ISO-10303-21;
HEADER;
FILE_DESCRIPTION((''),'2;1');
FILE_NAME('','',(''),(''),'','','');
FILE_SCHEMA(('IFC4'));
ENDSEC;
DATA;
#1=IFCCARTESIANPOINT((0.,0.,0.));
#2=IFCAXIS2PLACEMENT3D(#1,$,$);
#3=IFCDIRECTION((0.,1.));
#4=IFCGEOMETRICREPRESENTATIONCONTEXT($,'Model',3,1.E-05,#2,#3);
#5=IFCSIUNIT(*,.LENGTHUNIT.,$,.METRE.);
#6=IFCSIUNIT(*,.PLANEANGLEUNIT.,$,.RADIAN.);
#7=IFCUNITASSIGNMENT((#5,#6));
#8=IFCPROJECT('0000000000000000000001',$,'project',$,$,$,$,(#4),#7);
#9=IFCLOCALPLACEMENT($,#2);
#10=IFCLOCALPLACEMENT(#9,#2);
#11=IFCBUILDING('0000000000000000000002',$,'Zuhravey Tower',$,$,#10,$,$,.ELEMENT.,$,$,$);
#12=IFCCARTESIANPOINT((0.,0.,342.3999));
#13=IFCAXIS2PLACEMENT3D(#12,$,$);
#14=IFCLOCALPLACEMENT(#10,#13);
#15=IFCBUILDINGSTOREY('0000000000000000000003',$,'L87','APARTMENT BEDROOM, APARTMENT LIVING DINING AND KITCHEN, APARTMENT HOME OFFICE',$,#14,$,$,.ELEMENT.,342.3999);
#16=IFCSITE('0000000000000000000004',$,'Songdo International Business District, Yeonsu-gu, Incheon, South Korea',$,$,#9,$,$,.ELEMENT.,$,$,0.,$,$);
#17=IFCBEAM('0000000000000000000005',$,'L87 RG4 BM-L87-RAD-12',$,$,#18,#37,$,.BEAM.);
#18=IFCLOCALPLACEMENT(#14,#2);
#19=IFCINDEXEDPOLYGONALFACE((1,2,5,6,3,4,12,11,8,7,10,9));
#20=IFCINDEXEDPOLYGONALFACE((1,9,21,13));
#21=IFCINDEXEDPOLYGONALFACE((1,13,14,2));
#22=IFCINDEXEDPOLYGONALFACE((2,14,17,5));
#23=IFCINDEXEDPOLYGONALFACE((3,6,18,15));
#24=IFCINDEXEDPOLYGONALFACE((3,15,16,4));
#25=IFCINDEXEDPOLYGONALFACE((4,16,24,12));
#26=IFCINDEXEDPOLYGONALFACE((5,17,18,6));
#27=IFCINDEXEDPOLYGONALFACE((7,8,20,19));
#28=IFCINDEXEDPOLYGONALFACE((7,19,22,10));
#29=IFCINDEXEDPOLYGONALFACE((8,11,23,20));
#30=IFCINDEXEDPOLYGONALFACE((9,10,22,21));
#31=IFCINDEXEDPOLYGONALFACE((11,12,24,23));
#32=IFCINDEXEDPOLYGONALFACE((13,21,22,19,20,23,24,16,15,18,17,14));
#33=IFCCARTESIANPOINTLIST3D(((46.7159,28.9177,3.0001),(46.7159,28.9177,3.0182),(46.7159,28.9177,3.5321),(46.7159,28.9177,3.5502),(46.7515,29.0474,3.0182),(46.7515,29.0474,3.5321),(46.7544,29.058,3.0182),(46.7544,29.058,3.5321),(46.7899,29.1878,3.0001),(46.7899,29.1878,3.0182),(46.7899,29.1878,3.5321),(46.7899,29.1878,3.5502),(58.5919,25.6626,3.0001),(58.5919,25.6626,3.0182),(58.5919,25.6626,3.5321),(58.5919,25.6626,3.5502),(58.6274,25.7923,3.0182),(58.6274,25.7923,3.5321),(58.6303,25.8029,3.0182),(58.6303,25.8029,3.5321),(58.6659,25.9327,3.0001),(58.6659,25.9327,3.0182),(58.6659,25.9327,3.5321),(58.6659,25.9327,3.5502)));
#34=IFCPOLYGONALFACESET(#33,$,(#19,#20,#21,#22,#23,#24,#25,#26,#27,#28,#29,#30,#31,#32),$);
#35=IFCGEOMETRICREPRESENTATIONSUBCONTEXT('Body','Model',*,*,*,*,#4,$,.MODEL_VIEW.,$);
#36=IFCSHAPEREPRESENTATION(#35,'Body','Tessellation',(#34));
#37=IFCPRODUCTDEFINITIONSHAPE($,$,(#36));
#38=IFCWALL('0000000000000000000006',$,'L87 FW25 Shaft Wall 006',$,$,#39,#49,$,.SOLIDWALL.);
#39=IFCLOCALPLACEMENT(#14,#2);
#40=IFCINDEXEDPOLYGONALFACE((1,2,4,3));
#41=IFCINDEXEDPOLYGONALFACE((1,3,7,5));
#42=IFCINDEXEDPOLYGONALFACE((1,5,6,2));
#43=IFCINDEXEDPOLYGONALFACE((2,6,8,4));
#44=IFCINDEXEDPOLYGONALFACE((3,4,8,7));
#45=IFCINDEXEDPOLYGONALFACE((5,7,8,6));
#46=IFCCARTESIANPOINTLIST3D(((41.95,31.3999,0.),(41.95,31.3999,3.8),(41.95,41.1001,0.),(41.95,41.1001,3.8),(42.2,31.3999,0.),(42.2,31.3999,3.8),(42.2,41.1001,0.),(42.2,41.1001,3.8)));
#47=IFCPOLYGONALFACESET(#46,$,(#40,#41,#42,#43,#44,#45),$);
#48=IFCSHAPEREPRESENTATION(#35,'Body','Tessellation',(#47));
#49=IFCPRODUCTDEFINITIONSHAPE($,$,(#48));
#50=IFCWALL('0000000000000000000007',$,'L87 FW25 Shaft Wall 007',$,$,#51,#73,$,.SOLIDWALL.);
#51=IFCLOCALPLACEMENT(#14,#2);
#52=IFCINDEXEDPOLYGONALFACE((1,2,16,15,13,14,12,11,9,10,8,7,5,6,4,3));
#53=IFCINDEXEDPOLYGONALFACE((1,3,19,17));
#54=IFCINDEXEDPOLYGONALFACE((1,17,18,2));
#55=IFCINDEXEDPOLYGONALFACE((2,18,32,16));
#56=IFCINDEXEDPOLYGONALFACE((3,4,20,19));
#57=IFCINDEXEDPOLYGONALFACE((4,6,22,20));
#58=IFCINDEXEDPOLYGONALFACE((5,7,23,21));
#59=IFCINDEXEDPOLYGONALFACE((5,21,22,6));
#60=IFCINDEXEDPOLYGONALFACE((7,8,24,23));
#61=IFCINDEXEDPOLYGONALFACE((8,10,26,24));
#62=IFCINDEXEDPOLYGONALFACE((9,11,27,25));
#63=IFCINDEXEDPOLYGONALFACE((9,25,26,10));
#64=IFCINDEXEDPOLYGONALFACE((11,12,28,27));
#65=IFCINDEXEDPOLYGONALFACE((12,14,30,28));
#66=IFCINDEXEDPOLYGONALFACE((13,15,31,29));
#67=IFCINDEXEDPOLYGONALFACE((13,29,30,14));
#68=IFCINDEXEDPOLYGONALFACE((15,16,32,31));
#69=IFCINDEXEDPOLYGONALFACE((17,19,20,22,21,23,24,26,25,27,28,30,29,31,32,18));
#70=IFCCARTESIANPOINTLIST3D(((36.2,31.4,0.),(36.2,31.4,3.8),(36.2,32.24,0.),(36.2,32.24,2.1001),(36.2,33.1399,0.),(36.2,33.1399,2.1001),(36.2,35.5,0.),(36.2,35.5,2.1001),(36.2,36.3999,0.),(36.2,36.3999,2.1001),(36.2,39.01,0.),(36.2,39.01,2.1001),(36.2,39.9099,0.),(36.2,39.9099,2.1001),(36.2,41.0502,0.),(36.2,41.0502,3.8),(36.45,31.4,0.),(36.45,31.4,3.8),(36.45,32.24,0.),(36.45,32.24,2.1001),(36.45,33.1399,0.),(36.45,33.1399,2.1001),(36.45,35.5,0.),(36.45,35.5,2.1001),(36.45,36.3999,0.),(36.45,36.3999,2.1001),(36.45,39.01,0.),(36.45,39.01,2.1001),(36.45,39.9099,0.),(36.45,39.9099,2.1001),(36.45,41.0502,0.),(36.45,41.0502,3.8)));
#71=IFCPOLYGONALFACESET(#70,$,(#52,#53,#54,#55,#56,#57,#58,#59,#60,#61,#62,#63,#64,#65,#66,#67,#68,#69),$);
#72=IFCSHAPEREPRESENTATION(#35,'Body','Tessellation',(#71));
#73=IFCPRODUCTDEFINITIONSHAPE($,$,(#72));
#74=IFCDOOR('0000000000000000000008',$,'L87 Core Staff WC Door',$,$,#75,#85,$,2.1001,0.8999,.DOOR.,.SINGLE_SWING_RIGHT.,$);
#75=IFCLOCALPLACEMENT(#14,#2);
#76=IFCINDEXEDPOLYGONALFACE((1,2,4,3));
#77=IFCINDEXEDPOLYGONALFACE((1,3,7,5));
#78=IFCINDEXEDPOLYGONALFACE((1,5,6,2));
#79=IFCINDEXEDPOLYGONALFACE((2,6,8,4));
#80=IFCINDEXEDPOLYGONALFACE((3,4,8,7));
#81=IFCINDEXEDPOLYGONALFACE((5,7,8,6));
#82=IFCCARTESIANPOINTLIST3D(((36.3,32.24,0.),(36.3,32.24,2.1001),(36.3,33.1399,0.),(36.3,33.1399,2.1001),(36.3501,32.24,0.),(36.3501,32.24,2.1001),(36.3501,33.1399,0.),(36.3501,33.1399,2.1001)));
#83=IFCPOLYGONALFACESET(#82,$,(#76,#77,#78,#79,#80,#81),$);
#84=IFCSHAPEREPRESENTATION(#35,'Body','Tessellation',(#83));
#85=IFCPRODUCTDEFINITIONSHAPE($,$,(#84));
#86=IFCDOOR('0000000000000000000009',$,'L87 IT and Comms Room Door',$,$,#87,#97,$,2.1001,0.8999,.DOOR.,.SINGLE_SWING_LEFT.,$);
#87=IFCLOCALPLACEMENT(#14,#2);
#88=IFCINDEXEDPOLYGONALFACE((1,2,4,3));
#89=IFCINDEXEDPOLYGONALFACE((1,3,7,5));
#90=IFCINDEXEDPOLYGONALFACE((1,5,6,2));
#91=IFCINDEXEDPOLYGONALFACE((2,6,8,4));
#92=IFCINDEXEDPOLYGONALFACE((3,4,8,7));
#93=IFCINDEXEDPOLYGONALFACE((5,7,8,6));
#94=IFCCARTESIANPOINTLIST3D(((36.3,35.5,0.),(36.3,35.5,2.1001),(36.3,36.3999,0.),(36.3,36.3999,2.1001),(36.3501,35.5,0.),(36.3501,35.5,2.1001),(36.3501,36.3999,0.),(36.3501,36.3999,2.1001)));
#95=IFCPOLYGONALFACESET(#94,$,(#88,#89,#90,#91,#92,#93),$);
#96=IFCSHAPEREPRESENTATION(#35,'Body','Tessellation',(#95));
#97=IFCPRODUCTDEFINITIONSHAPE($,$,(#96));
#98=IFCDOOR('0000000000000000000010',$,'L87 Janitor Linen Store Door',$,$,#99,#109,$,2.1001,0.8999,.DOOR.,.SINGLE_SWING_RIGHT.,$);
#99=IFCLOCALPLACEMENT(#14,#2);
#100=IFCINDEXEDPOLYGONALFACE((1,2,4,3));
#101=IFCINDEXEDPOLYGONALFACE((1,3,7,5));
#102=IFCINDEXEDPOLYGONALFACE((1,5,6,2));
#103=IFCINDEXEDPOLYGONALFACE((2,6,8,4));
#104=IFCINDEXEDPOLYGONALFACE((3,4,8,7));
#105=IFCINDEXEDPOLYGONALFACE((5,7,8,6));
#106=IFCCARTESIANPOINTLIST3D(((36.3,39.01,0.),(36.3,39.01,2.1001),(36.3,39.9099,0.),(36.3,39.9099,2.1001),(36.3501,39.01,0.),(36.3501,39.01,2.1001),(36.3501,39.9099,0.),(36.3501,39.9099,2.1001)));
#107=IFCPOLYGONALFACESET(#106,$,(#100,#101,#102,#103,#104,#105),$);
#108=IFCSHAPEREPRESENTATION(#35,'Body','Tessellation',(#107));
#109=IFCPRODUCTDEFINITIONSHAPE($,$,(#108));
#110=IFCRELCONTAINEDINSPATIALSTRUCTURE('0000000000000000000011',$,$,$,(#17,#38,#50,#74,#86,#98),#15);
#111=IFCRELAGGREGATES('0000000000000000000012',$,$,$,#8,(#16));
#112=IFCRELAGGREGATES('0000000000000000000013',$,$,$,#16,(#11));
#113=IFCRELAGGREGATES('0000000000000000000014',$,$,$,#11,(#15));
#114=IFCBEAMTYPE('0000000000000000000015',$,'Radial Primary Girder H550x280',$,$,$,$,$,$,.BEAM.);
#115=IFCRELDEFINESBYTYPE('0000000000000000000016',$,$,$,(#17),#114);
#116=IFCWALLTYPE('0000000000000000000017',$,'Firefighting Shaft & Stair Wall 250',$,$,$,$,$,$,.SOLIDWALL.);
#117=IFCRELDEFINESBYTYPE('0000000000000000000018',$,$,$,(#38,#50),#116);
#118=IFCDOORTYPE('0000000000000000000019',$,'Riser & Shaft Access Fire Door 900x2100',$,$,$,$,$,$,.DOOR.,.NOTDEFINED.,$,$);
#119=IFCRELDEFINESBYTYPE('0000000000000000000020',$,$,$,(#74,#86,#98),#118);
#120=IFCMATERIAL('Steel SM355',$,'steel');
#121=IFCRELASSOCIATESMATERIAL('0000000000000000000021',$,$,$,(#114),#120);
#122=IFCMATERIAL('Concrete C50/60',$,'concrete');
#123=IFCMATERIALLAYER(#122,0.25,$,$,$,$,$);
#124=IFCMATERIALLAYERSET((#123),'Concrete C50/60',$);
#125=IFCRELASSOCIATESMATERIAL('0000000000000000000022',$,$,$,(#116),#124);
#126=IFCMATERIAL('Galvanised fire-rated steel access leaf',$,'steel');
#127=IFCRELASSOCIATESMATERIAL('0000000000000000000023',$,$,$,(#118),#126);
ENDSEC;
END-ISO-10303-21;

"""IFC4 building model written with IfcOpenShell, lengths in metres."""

from ifc_helpers import new_model, si_unit, direction, frame, frame_2d, origin, origin_2d, place, context, subcontext, project, spatial, rectangle, i_section, extrude, material, layer, layer_set, material_profile, profile_set, type_object, element, fill, save


model = new_model("IFC4")

# Units and contexts
model_context = context("Model", 3, precision=1e-05, world=origin(), true_north=direction((0.0, 1.0)))
body_context = subcontext(model_context, "Body", "Model", "MODEL_VIEW")
ifc_project = project(units=[si_unit("LENGTHUNIT", "METRE"), si_unit("PLANEANGLEUNIT", "RADIAN")], contexts=[model_context])

# Site, building, storey
site_placement = place(None, origin())
site = spatial("IfcSite", under=ifc_project, at=site_placement, Name="Songdo International Business District, Yeonsu-gu, Incheon, South Korea", CompositionType="ELEMENT", RefElevation=0.0)
building_placement = place(site_placement, origin())
building = spatial("IfcBuilding", under=site, at=building_placement, Name="Zuhravey Tower", CompositionType="ELEMENT")
storey_placement = place(building_placement, frame((0.0, 0.0, 342.3999)))
storey = spatial("IfcBuildingStorey", under=building, at=storey_placement, Name="L87", Description="APARTMENT BEDROOM, APARTMENT LIVING DINING AND KITCHEN, APARTMENT HOME OFFICE", CompositionType="ELEMENT", Elevation=342.3999)

# Beam
ifc_material_1 = material(Name="Steel SM355", Category="steel")
ifc_material_profile = material_profile(ifc_material_1, i_section(OverallWidth=0.28, OverallDepth=0.55, WebThickness=0.011, FlangeThickness=0.0181, at=origin_2d()), Name="H-550x280x11x18")
ifc_profile_set = profile_set([ifc_material_profile], Name="Steel SM355")
beam_type = type_object("IfcBeamType", Name="Radial Primary Girder H550x280", PredefinedType="BEAM", material=ifc_profile_set)
beam_placement = place(storey_placement, frame((46.7529, 29.0527, 3.2751), z_axis=(0.964429, -0.264344, 0.0), x_axis=(0.264344, 0.964429, 0.0)))
element("IfcBeam", 1, at=beam_placement, inside=storey, type_object=beam_type, Name="L87 RG4 BM-L87-RAD-12", PredefinedType="BEAM", context=body_context, shape_type="SweptSolid", body=[
    extrude(i_section(OverallWidth=0.28, OverallDepth=0.55, WebThickness=0.011, FlangeThickness=0.0181, at=origin_2d()), origin(), (0.0, 0.0, 1.0), 12.314),
])

# Wall
ifc_material_2 = material(Name="Concrete C50/60", Category="concrete")
ifc_layer = layer(ifc_material_2, 0.25)
ifc_layer_set = layer_set([ifc_layer], Name="Concrete C50/60")
wall_type = type_object("IfcWallType", Name="Firefighting Shaft & Stair Wall 250", PredefinedType="SOLIDWALL", material=ifc_layer_set)
wall_1_placement = place(storey_placement, frame((42.075, 31.3999, 0.0), z_axis=(0.0, 0.0, 1.0), x_axis=(0.0, 1.0, 0.0)))
element("IfcWall", 2, at=wall_1_placement, inside=storey, type_object=wall_type, Name="L87 FW25 Shaft Wall 006", PredefinedType="SOLIDWALL", context=body_context, shape_type="SweptSolid", body=[
    extrude(rectangle(XDim=9.7002, YDim=0.25, at=frame_2d((4.8501, 0.0))), origin(), (0.0, 0.0, 1.0), 3.8),
])

# Wall, openings, doors
wall_2_placement = place(storey_placement, frame((36.325, 31.3999, 0.0), z_axis=(0.0, 0.0, 1.0), x_axis=(0.0, 1.0, 0.0)))
wall_2 = element("IfcWall", 3, at=wall_2_placement, inside=storey, type_object=wall_type, Name="L87 FW25 Shaft Wall 007", PredefinedType="SOLIDWALL", context=body_context, shape_type="SweptSolid", body=[
    extrude(rectangle(XDim=9.6501, YDim=0.25, at=frame_2d((4.8252, 0.0))), origin(), (0.0, 0.0, 1.0), 3.8),
])
opening_1_placement = place(wall_2_placement, frame((0.8401, 0.0, 0.0)))
opening_1 = element("IfcOpeningElement", 4, at=opening_1_placement, cuts=wall_2, PredefinedType="OPENING", context=body_context, shape_type="SweptSolid", body=[
    extrude(rectangle(XDim=0.8999, YDim=2.1001, at=frame_2d((0.45, 1.05))), frame((0.0, 0.137, 0.0), z_axis=(0.0, -1.0, 0.0), x_axis=(1.0, 0.0, 0.0)), (0.0, 0.0, 1.0), 0.2739),
])
opening_2_placement = place(wall_2_placement, frame((4.1001, 0.0, 0.0)))
opening_2 = element("IfcOpeningElement", 5, at=opening_2_placement, cuts=wall_2, PredefinedType="OPENING", context=body_context, shape_type="SweptSolid", body=[
    extrude(rectangle(XDim=0.8999, YDim=2.1001, at=frame_2d((0.45, 1.05))), frame((0.0, 0.137, 0.0), z_axis=(0.0, -1.0, 0.0), x_axis=(1.0, 0.0, 0.0)), (0.0, 0.0, 1.0), 0.2739),
])
opening_3_placement = place(wall_2_placement, frame((7.6101, 0.0, 0.0)))
opening_3 = element("IfcOpeningElement", 6, at=opening_3_placement, cuts=wall_2, PredefinedType="OPENING", context=body_context, shape_type="SweptSolid", body=[
    extrude(rectangle(XDim=0.8999, YDim=2.1001, at=frame_2d((0.45, 1.05))), frame((0.0, 0.137, 0.0), z_axis=(0.0, -1.0, 0.0), x_axis=(1.0, 0.0, 0.0)), (0.0, 0.0, 1.0), 0.2739),
])
ifc_material_3 = material(Name="Galvanised fire-rated steel access leaf", Category="steel")
door_type_1 = type_object("IfcDoorType", Name="Riser & Shaft Access Fire Door 900x2100", OperationType="NOTDEFINED", PredefinedType="DOOR", material=ifc_material_3)
door_1_placement = place(opening_1_placement, origin())
door_1 = element("IfcDoor", 7, at=door_1_placement, inside=storey, type_object=door_type_1, Name="L87 Core Staff WC Door", OperationType="SINGLE_SWING_RIGHT", OverallHeight=2.1001, OverallWidth=0.8999, PredefinedType="DOOR", context=body_context, shape_type="SweptSolid", body=[
    extrude(rectangle(XDim=0.8999, YDim=2.1001, at=frame_2d((0.45, 1.05))), frame((0.0, 0.0249, 0.0), z_axis=(0.0, -1.0, 0.0), x_axis=(1.0, 0.0, 0.0)), (0.0, 0.0, 1.0), 0.05),
])
fill(opening_1, door_1)
door_2_placement = place(opening_2_placement, origin())
door_2 = element("IfcDoor", 8, at=door_2_placement, inside=storey, type_object=door_type_1, Name="L87 IT and Comms Room Door", OperationType="SINGLE_SWING_LEFT", OverallHeight=2.1001, OverallWidth=0.8999, PredefinedType="DOOR", context=body_context, shape_type="SweptSolid", body=[
    extrude(rectangle(XDim=0.8999, YDim=2.1001, at=frame_2d((0.45, 1.05))), frame((0.0, 0.0249, 0.0), z_axis=(0.0, -1.0, 0.0), x_axis=(1.0, 0.0, 0.0)), (0.0, 0.0, 1.0), 0.05),
])
fill(opening_2, door_2)
door_3_placement = place(opening_3_placement, origin())
door_3 = element("IfcDoor", 9, at=door_3_placement, inside=storey, type_object=door_type_1, Name="L87 Janitor Linen Store Door", OperationType="SINGLE_SWING_RIGHT", OverallHeight=2.1001, OverallWidth=0.8999, PredefinedType="DOOR", context=body_context, shape_type="SweptSolid", body=[
    extrude(rectangle(XDim=0.8999, YDim=2.1001, at=frame_2d((0.45, 1.05))), frame((0.0, 0.0249, 0.0), z_axis=(0.0, -1.0, 0.0), x_axis=(1.0, 0.0, 0.0)), (0.0, 0.0, 1.0), 0.05),
])
fill(opening_3, door_3)

save(model, "model.ifc")
